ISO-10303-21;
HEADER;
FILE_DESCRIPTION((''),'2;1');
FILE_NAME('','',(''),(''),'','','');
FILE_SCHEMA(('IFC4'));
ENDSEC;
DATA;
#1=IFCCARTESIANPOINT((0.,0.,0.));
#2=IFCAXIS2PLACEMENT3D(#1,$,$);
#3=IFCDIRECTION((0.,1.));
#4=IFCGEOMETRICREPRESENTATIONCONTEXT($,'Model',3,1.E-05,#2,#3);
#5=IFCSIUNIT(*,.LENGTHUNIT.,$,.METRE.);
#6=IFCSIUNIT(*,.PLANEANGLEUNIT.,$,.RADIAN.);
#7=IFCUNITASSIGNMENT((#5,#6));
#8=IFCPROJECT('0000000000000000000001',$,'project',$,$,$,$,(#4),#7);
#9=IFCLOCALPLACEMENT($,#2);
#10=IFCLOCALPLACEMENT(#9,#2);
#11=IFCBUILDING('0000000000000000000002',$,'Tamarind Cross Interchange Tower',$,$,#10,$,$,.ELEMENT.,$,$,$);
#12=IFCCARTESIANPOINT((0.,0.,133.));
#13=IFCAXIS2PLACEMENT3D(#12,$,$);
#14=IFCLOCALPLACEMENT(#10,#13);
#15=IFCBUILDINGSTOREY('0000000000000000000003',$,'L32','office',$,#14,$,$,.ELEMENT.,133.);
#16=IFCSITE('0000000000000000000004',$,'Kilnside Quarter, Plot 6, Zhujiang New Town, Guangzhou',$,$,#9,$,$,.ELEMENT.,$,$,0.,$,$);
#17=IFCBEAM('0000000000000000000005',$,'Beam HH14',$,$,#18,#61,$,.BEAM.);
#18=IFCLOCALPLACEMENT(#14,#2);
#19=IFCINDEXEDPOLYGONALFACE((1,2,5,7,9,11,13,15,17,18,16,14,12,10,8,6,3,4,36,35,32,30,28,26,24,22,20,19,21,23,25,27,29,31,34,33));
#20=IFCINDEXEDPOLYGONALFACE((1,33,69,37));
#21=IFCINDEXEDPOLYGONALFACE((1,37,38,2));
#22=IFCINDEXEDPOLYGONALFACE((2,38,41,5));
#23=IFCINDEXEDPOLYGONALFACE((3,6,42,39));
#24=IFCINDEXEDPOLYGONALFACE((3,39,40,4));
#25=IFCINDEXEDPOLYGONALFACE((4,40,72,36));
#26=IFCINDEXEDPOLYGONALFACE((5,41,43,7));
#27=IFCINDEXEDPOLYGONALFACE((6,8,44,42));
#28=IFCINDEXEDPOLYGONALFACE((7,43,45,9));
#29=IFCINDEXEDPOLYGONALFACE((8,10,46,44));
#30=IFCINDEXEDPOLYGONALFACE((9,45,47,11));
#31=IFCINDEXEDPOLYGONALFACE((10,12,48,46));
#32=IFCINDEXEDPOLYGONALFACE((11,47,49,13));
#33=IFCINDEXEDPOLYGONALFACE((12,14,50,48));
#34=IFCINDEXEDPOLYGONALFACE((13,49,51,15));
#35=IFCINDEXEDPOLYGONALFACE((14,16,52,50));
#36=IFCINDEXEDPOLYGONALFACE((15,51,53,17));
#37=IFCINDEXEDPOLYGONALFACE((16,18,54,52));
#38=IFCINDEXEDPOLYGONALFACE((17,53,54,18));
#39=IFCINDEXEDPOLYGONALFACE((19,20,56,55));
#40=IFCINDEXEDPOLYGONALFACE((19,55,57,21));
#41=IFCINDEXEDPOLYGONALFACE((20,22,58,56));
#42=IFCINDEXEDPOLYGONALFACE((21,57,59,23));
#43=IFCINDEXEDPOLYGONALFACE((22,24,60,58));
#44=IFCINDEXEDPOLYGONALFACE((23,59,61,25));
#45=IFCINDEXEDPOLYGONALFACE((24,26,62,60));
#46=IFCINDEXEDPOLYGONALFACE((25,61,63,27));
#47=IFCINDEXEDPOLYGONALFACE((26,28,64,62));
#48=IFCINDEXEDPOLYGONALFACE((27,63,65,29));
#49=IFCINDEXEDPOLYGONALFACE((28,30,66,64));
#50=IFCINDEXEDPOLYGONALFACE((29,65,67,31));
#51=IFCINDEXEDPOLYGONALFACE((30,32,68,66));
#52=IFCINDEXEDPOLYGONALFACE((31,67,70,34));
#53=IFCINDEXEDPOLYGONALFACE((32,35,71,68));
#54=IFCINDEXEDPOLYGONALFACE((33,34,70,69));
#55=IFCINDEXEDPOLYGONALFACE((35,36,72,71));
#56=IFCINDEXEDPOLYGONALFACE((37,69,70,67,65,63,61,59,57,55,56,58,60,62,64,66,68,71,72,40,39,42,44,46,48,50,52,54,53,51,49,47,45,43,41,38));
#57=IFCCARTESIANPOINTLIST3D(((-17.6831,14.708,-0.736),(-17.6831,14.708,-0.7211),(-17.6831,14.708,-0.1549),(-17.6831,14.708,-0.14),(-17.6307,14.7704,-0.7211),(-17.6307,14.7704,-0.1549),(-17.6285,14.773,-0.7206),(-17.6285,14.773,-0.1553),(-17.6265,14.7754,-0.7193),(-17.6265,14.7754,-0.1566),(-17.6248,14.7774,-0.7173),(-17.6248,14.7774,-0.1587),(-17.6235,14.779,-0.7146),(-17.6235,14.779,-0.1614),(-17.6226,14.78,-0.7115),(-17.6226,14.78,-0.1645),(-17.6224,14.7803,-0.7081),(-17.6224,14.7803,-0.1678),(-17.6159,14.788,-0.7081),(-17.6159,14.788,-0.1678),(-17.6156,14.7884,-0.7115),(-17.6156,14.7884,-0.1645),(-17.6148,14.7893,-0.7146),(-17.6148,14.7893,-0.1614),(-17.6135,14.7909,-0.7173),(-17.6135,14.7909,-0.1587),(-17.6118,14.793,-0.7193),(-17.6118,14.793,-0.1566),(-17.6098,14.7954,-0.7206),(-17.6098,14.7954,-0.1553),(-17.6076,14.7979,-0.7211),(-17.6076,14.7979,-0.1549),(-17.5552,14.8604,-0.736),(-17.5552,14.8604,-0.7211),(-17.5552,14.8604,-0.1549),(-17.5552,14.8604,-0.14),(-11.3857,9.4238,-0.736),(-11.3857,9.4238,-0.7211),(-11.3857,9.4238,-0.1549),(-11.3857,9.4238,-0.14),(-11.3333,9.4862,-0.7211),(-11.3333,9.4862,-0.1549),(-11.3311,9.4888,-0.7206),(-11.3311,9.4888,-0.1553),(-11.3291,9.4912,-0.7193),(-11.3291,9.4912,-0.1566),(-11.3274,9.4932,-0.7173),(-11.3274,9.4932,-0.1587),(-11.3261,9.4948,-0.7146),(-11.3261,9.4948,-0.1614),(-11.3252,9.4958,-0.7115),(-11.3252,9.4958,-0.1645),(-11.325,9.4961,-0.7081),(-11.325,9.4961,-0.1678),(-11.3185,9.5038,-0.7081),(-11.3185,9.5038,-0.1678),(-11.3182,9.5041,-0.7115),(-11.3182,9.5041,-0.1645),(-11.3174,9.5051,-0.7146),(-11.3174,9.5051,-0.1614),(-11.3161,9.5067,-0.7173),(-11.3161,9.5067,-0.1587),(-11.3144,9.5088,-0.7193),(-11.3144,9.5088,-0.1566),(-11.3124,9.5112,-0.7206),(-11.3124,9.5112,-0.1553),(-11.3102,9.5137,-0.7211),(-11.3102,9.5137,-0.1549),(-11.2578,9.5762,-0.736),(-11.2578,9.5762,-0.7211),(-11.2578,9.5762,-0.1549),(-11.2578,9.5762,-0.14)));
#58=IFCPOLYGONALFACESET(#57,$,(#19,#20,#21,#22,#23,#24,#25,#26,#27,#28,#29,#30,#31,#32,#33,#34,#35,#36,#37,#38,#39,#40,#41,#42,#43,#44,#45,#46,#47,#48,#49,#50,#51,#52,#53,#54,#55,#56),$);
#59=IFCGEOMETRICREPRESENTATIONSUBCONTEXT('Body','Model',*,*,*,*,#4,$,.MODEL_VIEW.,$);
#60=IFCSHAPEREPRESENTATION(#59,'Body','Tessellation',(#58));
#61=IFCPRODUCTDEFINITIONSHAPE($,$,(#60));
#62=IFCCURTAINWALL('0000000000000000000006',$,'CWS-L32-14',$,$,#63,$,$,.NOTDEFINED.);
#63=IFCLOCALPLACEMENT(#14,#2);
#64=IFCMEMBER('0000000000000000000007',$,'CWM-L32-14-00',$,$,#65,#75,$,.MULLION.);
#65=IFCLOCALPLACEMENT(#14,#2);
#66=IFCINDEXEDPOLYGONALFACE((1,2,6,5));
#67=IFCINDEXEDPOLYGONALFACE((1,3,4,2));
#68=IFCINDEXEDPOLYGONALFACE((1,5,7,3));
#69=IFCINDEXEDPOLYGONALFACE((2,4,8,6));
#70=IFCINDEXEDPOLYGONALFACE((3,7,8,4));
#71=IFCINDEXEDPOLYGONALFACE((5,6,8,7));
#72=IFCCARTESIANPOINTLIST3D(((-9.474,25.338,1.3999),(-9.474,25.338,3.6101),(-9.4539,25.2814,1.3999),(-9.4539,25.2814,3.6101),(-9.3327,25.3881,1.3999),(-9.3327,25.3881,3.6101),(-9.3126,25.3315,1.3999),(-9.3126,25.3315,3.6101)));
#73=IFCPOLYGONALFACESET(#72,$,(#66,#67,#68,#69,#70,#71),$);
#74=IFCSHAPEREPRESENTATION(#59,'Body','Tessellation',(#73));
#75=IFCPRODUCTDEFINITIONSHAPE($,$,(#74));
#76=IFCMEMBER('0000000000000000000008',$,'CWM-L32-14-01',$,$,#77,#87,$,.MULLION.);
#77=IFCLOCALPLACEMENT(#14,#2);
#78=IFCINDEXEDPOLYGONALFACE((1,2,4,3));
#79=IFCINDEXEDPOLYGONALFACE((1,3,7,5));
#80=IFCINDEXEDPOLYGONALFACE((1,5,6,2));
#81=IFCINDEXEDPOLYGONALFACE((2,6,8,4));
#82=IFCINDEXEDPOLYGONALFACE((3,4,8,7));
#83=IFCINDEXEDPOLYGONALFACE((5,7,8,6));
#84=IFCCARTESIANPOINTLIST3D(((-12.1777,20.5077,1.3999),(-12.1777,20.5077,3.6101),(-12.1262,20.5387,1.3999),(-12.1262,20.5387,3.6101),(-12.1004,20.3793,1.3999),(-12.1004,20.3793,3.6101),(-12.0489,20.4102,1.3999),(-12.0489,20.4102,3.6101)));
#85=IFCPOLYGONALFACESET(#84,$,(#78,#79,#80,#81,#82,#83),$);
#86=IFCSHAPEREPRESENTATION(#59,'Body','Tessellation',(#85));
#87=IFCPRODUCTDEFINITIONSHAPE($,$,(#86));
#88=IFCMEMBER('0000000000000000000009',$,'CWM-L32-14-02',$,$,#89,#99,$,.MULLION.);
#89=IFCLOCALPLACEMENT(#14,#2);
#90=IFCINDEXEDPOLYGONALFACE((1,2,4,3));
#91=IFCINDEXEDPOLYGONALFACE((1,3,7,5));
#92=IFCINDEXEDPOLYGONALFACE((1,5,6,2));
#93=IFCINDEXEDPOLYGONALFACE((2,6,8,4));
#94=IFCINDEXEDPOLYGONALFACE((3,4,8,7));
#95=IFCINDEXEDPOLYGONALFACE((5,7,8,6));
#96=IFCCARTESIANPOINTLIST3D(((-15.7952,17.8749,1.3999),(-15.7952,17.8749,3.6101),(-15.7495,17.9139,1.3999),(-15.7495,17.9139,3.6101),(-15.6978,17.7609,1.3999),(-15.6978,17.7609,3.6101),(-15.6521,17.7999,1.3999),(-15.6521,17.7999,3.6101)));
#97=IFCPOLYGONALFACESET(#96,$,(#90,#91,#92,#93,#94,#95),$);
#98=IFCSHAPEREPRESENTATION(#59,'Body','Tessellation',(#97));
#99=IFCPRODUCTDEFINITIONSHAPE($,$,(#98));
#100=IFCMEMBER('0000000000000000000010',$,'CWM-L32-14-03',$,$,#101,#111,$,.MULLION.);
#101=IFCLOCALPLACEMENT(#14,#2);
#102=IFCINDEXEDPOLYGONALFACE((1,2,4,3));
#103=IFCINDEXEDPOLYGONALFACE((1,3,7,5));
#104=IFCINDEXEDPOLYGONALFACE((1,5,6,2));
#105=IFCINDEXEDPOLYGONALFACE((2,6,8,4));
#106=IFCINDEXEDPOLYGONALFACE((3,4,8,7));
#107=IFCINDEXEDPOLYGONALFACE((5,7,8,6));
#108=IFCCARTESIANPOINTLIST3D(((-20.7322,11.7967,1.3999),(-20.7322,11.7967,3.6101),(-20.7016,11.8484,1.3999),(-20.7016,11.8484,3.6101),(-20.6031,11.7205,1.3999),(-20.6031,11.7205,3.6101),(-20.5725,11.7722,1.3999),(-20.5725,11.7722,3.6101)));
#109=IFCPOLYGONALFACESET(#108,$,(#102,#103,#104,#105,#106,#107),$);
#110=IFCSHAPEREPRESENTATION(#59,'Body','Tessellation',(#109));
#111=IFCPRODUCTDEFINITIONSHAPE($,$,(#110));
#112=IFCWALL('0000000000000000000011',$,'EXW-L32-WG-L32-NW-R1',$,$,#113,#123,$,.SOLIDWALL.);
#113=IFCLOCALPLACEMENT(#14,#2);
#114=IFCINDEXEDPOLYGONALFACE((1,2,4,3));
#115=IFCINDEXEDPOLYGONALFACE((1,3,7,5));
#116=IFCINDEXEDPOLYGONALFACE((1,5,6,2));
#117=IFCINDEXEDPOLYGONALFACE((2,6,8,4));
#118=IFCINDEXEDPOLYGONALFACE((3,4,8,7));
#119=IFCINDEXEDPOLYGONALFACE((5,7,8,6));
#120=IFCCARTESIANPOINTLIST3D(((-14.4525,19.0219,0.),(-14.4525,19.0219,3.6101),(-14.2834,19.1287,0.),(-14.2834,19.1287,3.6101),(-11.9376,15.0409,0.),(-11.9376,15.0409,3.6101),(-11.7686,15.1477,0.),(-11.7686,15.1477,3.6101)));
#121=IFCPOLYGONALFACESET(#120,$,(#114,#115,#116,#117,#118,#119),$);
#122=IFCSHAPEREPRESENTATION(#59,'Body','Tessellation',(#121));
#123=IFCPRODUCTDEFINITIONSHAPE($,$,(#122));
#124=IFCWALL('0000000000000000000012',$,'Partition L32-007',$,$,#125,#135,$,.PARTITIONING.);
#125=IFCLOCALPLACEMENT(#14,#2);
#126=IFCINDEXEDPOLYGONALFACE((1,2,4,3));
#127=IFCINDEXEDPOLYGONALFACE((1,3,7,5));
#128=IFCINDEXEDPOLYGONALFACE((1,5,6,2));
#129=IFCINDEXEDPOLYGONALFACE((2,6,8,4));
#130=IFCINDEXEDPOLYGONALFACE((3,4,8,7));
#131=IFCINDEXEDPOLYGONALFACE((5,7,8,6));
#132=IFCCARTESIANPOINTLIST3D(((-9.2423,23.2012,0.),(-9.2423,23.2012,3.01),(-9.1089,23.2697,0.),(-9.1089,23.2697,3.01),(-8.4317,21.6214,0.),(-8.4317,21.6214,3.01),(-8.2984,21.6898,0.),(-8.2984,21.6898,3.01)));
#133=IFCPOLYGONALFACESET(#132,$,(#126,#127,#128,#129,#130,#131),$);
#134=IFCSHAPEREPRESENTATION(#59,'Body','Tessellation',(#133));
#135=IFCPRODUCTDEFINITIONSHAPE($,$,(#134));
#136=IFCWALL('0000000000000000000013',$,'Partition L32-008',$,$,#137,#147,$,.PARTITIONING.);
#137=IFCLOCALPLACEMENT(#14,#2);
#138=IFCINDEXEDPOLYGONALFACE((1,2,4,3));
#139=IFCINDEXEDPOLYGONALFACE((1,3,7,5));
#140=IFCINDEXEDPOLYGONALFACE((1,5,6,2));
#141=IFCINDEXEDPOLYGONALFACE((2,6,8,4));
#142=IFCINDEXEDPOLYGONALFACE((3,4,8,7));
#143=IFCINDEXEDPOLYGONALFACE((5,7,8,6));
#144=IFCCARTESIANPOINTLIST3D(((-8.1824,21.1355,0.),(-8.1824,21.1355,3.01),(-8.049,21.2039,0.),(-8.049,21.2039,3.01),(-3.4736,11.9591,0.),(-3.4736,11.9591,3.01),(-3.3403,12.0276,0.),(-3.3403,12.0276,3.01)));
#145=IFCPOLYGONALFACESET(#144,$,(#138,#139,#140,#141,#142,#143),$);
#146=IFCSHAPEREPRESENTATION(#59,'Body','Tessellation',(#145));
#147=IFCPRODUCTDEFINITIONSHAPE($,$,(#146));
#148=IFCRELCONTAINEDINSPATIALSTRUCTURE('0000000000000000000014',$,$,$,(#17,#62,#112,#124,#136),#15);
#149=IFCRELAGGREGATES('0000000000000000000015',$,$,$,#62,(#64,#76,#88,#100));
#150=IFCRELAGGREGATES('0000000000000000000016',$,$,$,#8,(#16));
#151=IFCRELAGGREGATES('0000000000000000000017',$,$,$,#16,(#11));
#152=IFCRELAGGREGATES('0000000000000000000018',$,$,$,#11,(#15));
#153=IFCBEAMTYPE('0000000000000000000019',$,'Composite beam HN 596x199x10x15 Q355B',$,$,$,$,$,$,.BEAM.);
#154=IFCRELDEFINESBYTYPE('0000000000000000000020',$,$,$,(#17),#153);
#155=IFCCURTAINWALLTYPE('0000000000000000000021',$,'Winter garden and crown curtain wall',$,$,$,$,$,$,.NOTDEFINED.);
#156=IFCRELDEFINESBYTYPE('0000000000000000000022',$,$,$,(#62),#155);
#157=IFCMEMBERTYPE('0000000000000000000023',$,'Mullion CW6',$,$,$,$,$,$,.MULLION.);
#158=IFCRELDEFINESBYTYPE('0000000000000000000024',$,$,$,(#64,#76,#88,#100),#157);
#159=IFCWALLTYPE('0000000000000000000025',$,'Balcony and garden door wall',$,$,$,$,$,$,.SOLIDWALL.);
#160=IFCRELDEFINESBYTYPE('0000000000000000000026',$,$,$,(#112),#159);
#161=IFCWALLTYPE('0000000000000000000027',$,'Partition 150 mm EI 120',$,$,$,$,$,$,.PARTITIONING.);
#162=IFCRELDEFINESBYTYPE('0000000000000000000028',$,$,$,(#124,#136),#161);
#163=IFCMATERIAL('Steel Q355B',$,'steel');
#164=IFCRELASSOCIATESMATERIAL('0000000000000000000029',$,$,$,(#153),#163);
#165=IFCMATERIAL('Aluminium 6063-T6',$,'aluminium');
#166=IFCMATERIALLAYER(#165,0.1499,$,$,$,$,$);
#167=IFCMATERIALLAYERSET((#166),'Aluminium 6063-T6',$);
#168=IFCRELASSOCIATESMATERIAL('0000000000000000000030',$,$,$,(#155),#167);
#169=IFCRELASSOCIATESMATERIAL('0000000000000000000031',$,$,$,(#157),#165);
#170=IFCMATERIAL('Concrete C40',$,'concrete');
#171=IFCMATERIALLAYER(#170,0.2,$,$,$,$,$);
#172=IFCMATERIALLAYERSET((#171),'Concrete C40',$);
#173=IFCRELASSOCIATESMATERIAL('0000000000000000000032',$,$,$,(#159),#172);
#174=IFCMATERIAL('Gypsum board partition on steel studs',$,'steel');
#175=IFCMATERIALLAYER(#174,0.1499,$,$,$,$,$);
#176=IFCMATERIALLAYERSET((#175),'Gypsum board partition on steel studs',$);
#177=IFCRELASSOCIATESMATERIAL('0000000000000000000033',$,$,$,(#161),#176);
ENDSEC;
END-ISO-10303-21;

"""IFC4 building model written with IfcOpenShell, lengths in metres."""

from ifc_helpers import new_model, si_unit, direction, frame, frame_2d, origin, origin_2d, place, context, subcontext, project, spatial, rectangle, i_section, extrude, material, layer, layer_set, material_profile, profile_set, type_object, element, aggregate, save


model = new_model("IFC4")

# Units and contexts
model_context = context("Model", 3, precision=1e-05, world=origin(), true_north=direction((0.0, 1.0)))
body_context = subcontext(model_context, "Body", "Model", "MODEL_VIEW")
ifc_project = project(units=[si_unit("LENGTHUNIT", "METRE"), si_unit("PLANEANGLEUNIT", "RADIAN")], contexts=[model_context])

# Site, building, storey
site_placement = place(None, origin())
site = spatial("IfcSite", under=ifc_project, at=site_placement, Name="Kilnside Quarter, Plot 6, Zhujiang New Town, Guangzhou", CompositionType="ELEMENT", RefElevation=0.0)
building_placement = place(site_placement, origin())
building = spatial("IfcBuilding", under=site, at=building_placement, Name="Tamarind Cross Interchange Tower", CompositionType="ELEMENT")
storey_placement = place(building_placement, frame((0.0, 0.0, 133.0)))
storey = spatial("IfcBuildingStorey", under=building, at=storey_placement, Name="L32", Description="office", CompositionType="ELEMENT", Elevation=133.0)

# Beam
ifc_material_1 = material(Name="Steel Q355B", Category="steel")
ifc_material_profile_1 = material_profile(ifc_material_1, i_section(OverallWidth=0.199, OverallDepth=0.5959, WebThickness=0.01, FlangeThickness=0.0149, FilletRadius=0.0129, at=origin_2d()), Name="HN 596x199x10x15")
ifc_profile_set_1 = profile_set([ifc_material_profile_1], Name="Steel Q355B")
beam_type = type_object("IfcBeamType", Name="Composite beam HN 596x199x10x15 Q355B", PredefinedType="BEAM", material=ifc_profile_set_1)
beam_1_placement = place(storey_placement, frame((-17.6191, 14.7842, -0.438), z_axis=(0.766041, -0.642792, 0.0), x_axis=(0.642792, 0.766041, 0.0)))
element("IfcBeam", 1, at=beam_1_placement, inside=storey, type_object=beam_type, Name="Beam HH14", PredefinedType="BEAM", context=body_context, shape_type="SweptSolid", body=[
    extrude(i_section(OverallWidth=0.199, OverallDepth=0.5959, WebThickness=0.01, FlangeThickness=0.0149, FilletRadius=0.0129, at=origin_2d()), origin(), (0.0, 0.0, 1.0), 8.2207),
])

# Curtain wall, members
ifc_material_2 = material(Name="Aluminium 6063-T6", Category="aluminium")
ifc_layer_1 = layer(ifc_material_2, 0.1499)
ifc_layer_set_1 = layer_set([ifc_layer_1], Name="Aluminium 6063-T6")
curtain_wall_type = type_object("IfcCurtainWallType", Name="Winter garden and crown curtain wall", PredefinedType="NOTDEFINED", material=ifc_layer_set_1)
curtain_wall_placement = place(storey_placement, origin())
curtain_wall = element("IfcCurtainWall", 2, at=curtain_wall_placement, inside=storey, type_object=curtain_wall_type, Name="CWS-L32-14", PredefinedType="NOTDEFINED")
ifc_material_profile_2 = material_profile(ifc_material_2, rectangle(XDim=0.0601, YDim=0.1499, at=origin_2d()), Name="Mullion CW6")
ifc_profile_set_2 = profile_set([ifc_material_profile_2], Name="Aluminium 6063-T6")
member_type = type_object("IfcMemberType", Name="Mullion CW6", PredefinedType="MULLION", material=ifc_profile_set_2)
member_1_placement = place(storey_placement, frame((-9.3933, 25.3347, 1.3999), z_axis=(0.0, 0.0, 1.0), x_axis=(0.334091, -0.942541, 0.0)))
member_1 = element("IfcMember", 3, at=member_1_placement, type_object=member_type, Name="CWM-L32-14-00", PredefinedType="MULLION", context=body_context, shape_type="SweptSolid", body=[
    extrude(rectangle(XDim=0.0601, YDim=0.1499, at=origin_2d()), origin(), (0.0, 0.0, 1.0), 2.2102),
])
member_2_placement = place(storey_placement, frame((-12.1133, 20.459, 1.3999), z_axis=(0.0, 0.0, 1.0), x_axis=(-0.856843, -0.515577, 0.0)))
member_2 = element("IfcMember", 4, at=member_2_placement, type_object=member_type, Name="CWM-L32-14-01", PredefinedType="MULLION", context=body_context, shape_type="SweptSolid", body=[
    extrude(rectangle(XDim=0.0601, YDim=0.1499, at=origin_2d()), origin(), (0.0, 0.0, 1.0), 2.2102),
])
member_3_placement = place(storey_placement, frame((-15.7236, 17.8374, 1.3999), z_axis=(0.0, 0.0, 1.0), x_axis=(-0.760296, -0.649577, 0.0)))
member_3 = element("IfcMember", 5, at=member_3_placement, type_object=member_type, Name="CWM-L32-14-02", PredefinedType="MULLION", context=body_context, shape_type="SweptSolid", body=[
    extrude(rectangle(XDim=0.0601, YDim=0.1499, at=origin_2d()), origin(), (0.0, 0.0, 1.0), 2.2102),
])
member_4_placement = place(storey_placement, frame((-20.6523, 11.7844, 1.3999), z_axis=(0.0, 0.0, 1.0), x_axis=(-0.508183, -0.861249, 0.0)))
member_4 = element("IfcMember", 6, at=member_4_placement, type_object=member_type, Name="CWM-L32-14-03", PredefinedType="MULLION", context=body_context, shape_type="SweptSolid", body=[
    extrude(rectangle(XDim=0.0601, YDim=0.1499, at=origin_2d()), origin(), (0.0, 0.0, 1.0), 2.2102),
])
aggregate(curtain_wall, [member_1, member_2, member_3, member_4])

# Shared definitions
ifc_material_3 = material(Name="Concrete C40", Category="concrete")
ifc_layer_2 = layer(ifc_material_3, 0.2)
ifc_layer_set_2 = layer_set([ifc_layer_2], Name="Concrete C40")
wall_type_1 = type_object("IfcWallType", Name="Balcony and garden door wall", PredefinedType="SOLIDWALL", material=ifc_layer_set_2)

# Walls
wall_1_placement = place(storey_placement, frame((-11.853, 15.0942, 0.0), z_axis=(0.0, 0.0, 1.0), x_axis=(-0.534085, 0.845431, 0.0)))
element("IfcWall", 7, at=wall_1_placement, inside=storey, type_object=wall_type_1, Name="EXW-L32-WG-L32-NW-R1", PredefinedType="SOLIDWALL", context=body_context, shape_type="SweptSolid", body=[
    extrude(rectangle(XDim=4.7087, YDim=0.2, at=frame_2d((2.3545, 0.0))), origin(), (0.0, 0.0, 1.0), 3.6101),
])
ifc_material_4 = material(Name="Gypsum board partition on steel studs", Category="steel")
ifc_layer_3 = layer(ifc_material_4, 0.1499)
ifc_layer_set_3 = layer_set([ifc_layer_3], Name="Gypsum board partition on steel studs")
wall_type_2 = type_object("IfcWallType", Name="Partition 150 mm EI 120", PredefinedType="PARTITIONING", material=ifc_layer_set_3)
wall_2_placement = place(storey_placement, frame((-9.1755, 23.2354, 0.0), z_axis=(0.0, 0.0, 1.0), x_axis=(0.456484, -0.889732, 0.0)))
element("IfcWall", 8, at=wall_2_placement, inside=storey, type_object=wall_type_2, Name="Partition L32-007", PredefinedType="PARTITIONING", context=body_context, shape_type="SweptSolid", body=[
    extrude(rectangle(XDim=1.7756, YDim=0.1499, at=frame_2d((0.8877, 0.0))), origin(), (0.0, 0.0, 1.0), 3.01),
])
wall_3_placement = place(storey_placement, frame((-8.1157, 21.1697, 0.0), z_axis=(0.0, 0.0, 1.0), x_axis=(0.456544, -0.889701, 0.0)))
element("IfcWall", 9, at=wall_3_placement, inside=storey, type_object=wall_type_2, Name="Partition L32-008", PredefinedType="PARTITIONING", context=body_context, shape_type="SweptSolid", body=[
    extrude(rectangle(XDim=10.314, YDim=0.1499, at=frame_2d((5.157, 0.0))), origin(), (0.0, 0.0, 1.0), 3.01),
])

save(model, "model.ifc")
